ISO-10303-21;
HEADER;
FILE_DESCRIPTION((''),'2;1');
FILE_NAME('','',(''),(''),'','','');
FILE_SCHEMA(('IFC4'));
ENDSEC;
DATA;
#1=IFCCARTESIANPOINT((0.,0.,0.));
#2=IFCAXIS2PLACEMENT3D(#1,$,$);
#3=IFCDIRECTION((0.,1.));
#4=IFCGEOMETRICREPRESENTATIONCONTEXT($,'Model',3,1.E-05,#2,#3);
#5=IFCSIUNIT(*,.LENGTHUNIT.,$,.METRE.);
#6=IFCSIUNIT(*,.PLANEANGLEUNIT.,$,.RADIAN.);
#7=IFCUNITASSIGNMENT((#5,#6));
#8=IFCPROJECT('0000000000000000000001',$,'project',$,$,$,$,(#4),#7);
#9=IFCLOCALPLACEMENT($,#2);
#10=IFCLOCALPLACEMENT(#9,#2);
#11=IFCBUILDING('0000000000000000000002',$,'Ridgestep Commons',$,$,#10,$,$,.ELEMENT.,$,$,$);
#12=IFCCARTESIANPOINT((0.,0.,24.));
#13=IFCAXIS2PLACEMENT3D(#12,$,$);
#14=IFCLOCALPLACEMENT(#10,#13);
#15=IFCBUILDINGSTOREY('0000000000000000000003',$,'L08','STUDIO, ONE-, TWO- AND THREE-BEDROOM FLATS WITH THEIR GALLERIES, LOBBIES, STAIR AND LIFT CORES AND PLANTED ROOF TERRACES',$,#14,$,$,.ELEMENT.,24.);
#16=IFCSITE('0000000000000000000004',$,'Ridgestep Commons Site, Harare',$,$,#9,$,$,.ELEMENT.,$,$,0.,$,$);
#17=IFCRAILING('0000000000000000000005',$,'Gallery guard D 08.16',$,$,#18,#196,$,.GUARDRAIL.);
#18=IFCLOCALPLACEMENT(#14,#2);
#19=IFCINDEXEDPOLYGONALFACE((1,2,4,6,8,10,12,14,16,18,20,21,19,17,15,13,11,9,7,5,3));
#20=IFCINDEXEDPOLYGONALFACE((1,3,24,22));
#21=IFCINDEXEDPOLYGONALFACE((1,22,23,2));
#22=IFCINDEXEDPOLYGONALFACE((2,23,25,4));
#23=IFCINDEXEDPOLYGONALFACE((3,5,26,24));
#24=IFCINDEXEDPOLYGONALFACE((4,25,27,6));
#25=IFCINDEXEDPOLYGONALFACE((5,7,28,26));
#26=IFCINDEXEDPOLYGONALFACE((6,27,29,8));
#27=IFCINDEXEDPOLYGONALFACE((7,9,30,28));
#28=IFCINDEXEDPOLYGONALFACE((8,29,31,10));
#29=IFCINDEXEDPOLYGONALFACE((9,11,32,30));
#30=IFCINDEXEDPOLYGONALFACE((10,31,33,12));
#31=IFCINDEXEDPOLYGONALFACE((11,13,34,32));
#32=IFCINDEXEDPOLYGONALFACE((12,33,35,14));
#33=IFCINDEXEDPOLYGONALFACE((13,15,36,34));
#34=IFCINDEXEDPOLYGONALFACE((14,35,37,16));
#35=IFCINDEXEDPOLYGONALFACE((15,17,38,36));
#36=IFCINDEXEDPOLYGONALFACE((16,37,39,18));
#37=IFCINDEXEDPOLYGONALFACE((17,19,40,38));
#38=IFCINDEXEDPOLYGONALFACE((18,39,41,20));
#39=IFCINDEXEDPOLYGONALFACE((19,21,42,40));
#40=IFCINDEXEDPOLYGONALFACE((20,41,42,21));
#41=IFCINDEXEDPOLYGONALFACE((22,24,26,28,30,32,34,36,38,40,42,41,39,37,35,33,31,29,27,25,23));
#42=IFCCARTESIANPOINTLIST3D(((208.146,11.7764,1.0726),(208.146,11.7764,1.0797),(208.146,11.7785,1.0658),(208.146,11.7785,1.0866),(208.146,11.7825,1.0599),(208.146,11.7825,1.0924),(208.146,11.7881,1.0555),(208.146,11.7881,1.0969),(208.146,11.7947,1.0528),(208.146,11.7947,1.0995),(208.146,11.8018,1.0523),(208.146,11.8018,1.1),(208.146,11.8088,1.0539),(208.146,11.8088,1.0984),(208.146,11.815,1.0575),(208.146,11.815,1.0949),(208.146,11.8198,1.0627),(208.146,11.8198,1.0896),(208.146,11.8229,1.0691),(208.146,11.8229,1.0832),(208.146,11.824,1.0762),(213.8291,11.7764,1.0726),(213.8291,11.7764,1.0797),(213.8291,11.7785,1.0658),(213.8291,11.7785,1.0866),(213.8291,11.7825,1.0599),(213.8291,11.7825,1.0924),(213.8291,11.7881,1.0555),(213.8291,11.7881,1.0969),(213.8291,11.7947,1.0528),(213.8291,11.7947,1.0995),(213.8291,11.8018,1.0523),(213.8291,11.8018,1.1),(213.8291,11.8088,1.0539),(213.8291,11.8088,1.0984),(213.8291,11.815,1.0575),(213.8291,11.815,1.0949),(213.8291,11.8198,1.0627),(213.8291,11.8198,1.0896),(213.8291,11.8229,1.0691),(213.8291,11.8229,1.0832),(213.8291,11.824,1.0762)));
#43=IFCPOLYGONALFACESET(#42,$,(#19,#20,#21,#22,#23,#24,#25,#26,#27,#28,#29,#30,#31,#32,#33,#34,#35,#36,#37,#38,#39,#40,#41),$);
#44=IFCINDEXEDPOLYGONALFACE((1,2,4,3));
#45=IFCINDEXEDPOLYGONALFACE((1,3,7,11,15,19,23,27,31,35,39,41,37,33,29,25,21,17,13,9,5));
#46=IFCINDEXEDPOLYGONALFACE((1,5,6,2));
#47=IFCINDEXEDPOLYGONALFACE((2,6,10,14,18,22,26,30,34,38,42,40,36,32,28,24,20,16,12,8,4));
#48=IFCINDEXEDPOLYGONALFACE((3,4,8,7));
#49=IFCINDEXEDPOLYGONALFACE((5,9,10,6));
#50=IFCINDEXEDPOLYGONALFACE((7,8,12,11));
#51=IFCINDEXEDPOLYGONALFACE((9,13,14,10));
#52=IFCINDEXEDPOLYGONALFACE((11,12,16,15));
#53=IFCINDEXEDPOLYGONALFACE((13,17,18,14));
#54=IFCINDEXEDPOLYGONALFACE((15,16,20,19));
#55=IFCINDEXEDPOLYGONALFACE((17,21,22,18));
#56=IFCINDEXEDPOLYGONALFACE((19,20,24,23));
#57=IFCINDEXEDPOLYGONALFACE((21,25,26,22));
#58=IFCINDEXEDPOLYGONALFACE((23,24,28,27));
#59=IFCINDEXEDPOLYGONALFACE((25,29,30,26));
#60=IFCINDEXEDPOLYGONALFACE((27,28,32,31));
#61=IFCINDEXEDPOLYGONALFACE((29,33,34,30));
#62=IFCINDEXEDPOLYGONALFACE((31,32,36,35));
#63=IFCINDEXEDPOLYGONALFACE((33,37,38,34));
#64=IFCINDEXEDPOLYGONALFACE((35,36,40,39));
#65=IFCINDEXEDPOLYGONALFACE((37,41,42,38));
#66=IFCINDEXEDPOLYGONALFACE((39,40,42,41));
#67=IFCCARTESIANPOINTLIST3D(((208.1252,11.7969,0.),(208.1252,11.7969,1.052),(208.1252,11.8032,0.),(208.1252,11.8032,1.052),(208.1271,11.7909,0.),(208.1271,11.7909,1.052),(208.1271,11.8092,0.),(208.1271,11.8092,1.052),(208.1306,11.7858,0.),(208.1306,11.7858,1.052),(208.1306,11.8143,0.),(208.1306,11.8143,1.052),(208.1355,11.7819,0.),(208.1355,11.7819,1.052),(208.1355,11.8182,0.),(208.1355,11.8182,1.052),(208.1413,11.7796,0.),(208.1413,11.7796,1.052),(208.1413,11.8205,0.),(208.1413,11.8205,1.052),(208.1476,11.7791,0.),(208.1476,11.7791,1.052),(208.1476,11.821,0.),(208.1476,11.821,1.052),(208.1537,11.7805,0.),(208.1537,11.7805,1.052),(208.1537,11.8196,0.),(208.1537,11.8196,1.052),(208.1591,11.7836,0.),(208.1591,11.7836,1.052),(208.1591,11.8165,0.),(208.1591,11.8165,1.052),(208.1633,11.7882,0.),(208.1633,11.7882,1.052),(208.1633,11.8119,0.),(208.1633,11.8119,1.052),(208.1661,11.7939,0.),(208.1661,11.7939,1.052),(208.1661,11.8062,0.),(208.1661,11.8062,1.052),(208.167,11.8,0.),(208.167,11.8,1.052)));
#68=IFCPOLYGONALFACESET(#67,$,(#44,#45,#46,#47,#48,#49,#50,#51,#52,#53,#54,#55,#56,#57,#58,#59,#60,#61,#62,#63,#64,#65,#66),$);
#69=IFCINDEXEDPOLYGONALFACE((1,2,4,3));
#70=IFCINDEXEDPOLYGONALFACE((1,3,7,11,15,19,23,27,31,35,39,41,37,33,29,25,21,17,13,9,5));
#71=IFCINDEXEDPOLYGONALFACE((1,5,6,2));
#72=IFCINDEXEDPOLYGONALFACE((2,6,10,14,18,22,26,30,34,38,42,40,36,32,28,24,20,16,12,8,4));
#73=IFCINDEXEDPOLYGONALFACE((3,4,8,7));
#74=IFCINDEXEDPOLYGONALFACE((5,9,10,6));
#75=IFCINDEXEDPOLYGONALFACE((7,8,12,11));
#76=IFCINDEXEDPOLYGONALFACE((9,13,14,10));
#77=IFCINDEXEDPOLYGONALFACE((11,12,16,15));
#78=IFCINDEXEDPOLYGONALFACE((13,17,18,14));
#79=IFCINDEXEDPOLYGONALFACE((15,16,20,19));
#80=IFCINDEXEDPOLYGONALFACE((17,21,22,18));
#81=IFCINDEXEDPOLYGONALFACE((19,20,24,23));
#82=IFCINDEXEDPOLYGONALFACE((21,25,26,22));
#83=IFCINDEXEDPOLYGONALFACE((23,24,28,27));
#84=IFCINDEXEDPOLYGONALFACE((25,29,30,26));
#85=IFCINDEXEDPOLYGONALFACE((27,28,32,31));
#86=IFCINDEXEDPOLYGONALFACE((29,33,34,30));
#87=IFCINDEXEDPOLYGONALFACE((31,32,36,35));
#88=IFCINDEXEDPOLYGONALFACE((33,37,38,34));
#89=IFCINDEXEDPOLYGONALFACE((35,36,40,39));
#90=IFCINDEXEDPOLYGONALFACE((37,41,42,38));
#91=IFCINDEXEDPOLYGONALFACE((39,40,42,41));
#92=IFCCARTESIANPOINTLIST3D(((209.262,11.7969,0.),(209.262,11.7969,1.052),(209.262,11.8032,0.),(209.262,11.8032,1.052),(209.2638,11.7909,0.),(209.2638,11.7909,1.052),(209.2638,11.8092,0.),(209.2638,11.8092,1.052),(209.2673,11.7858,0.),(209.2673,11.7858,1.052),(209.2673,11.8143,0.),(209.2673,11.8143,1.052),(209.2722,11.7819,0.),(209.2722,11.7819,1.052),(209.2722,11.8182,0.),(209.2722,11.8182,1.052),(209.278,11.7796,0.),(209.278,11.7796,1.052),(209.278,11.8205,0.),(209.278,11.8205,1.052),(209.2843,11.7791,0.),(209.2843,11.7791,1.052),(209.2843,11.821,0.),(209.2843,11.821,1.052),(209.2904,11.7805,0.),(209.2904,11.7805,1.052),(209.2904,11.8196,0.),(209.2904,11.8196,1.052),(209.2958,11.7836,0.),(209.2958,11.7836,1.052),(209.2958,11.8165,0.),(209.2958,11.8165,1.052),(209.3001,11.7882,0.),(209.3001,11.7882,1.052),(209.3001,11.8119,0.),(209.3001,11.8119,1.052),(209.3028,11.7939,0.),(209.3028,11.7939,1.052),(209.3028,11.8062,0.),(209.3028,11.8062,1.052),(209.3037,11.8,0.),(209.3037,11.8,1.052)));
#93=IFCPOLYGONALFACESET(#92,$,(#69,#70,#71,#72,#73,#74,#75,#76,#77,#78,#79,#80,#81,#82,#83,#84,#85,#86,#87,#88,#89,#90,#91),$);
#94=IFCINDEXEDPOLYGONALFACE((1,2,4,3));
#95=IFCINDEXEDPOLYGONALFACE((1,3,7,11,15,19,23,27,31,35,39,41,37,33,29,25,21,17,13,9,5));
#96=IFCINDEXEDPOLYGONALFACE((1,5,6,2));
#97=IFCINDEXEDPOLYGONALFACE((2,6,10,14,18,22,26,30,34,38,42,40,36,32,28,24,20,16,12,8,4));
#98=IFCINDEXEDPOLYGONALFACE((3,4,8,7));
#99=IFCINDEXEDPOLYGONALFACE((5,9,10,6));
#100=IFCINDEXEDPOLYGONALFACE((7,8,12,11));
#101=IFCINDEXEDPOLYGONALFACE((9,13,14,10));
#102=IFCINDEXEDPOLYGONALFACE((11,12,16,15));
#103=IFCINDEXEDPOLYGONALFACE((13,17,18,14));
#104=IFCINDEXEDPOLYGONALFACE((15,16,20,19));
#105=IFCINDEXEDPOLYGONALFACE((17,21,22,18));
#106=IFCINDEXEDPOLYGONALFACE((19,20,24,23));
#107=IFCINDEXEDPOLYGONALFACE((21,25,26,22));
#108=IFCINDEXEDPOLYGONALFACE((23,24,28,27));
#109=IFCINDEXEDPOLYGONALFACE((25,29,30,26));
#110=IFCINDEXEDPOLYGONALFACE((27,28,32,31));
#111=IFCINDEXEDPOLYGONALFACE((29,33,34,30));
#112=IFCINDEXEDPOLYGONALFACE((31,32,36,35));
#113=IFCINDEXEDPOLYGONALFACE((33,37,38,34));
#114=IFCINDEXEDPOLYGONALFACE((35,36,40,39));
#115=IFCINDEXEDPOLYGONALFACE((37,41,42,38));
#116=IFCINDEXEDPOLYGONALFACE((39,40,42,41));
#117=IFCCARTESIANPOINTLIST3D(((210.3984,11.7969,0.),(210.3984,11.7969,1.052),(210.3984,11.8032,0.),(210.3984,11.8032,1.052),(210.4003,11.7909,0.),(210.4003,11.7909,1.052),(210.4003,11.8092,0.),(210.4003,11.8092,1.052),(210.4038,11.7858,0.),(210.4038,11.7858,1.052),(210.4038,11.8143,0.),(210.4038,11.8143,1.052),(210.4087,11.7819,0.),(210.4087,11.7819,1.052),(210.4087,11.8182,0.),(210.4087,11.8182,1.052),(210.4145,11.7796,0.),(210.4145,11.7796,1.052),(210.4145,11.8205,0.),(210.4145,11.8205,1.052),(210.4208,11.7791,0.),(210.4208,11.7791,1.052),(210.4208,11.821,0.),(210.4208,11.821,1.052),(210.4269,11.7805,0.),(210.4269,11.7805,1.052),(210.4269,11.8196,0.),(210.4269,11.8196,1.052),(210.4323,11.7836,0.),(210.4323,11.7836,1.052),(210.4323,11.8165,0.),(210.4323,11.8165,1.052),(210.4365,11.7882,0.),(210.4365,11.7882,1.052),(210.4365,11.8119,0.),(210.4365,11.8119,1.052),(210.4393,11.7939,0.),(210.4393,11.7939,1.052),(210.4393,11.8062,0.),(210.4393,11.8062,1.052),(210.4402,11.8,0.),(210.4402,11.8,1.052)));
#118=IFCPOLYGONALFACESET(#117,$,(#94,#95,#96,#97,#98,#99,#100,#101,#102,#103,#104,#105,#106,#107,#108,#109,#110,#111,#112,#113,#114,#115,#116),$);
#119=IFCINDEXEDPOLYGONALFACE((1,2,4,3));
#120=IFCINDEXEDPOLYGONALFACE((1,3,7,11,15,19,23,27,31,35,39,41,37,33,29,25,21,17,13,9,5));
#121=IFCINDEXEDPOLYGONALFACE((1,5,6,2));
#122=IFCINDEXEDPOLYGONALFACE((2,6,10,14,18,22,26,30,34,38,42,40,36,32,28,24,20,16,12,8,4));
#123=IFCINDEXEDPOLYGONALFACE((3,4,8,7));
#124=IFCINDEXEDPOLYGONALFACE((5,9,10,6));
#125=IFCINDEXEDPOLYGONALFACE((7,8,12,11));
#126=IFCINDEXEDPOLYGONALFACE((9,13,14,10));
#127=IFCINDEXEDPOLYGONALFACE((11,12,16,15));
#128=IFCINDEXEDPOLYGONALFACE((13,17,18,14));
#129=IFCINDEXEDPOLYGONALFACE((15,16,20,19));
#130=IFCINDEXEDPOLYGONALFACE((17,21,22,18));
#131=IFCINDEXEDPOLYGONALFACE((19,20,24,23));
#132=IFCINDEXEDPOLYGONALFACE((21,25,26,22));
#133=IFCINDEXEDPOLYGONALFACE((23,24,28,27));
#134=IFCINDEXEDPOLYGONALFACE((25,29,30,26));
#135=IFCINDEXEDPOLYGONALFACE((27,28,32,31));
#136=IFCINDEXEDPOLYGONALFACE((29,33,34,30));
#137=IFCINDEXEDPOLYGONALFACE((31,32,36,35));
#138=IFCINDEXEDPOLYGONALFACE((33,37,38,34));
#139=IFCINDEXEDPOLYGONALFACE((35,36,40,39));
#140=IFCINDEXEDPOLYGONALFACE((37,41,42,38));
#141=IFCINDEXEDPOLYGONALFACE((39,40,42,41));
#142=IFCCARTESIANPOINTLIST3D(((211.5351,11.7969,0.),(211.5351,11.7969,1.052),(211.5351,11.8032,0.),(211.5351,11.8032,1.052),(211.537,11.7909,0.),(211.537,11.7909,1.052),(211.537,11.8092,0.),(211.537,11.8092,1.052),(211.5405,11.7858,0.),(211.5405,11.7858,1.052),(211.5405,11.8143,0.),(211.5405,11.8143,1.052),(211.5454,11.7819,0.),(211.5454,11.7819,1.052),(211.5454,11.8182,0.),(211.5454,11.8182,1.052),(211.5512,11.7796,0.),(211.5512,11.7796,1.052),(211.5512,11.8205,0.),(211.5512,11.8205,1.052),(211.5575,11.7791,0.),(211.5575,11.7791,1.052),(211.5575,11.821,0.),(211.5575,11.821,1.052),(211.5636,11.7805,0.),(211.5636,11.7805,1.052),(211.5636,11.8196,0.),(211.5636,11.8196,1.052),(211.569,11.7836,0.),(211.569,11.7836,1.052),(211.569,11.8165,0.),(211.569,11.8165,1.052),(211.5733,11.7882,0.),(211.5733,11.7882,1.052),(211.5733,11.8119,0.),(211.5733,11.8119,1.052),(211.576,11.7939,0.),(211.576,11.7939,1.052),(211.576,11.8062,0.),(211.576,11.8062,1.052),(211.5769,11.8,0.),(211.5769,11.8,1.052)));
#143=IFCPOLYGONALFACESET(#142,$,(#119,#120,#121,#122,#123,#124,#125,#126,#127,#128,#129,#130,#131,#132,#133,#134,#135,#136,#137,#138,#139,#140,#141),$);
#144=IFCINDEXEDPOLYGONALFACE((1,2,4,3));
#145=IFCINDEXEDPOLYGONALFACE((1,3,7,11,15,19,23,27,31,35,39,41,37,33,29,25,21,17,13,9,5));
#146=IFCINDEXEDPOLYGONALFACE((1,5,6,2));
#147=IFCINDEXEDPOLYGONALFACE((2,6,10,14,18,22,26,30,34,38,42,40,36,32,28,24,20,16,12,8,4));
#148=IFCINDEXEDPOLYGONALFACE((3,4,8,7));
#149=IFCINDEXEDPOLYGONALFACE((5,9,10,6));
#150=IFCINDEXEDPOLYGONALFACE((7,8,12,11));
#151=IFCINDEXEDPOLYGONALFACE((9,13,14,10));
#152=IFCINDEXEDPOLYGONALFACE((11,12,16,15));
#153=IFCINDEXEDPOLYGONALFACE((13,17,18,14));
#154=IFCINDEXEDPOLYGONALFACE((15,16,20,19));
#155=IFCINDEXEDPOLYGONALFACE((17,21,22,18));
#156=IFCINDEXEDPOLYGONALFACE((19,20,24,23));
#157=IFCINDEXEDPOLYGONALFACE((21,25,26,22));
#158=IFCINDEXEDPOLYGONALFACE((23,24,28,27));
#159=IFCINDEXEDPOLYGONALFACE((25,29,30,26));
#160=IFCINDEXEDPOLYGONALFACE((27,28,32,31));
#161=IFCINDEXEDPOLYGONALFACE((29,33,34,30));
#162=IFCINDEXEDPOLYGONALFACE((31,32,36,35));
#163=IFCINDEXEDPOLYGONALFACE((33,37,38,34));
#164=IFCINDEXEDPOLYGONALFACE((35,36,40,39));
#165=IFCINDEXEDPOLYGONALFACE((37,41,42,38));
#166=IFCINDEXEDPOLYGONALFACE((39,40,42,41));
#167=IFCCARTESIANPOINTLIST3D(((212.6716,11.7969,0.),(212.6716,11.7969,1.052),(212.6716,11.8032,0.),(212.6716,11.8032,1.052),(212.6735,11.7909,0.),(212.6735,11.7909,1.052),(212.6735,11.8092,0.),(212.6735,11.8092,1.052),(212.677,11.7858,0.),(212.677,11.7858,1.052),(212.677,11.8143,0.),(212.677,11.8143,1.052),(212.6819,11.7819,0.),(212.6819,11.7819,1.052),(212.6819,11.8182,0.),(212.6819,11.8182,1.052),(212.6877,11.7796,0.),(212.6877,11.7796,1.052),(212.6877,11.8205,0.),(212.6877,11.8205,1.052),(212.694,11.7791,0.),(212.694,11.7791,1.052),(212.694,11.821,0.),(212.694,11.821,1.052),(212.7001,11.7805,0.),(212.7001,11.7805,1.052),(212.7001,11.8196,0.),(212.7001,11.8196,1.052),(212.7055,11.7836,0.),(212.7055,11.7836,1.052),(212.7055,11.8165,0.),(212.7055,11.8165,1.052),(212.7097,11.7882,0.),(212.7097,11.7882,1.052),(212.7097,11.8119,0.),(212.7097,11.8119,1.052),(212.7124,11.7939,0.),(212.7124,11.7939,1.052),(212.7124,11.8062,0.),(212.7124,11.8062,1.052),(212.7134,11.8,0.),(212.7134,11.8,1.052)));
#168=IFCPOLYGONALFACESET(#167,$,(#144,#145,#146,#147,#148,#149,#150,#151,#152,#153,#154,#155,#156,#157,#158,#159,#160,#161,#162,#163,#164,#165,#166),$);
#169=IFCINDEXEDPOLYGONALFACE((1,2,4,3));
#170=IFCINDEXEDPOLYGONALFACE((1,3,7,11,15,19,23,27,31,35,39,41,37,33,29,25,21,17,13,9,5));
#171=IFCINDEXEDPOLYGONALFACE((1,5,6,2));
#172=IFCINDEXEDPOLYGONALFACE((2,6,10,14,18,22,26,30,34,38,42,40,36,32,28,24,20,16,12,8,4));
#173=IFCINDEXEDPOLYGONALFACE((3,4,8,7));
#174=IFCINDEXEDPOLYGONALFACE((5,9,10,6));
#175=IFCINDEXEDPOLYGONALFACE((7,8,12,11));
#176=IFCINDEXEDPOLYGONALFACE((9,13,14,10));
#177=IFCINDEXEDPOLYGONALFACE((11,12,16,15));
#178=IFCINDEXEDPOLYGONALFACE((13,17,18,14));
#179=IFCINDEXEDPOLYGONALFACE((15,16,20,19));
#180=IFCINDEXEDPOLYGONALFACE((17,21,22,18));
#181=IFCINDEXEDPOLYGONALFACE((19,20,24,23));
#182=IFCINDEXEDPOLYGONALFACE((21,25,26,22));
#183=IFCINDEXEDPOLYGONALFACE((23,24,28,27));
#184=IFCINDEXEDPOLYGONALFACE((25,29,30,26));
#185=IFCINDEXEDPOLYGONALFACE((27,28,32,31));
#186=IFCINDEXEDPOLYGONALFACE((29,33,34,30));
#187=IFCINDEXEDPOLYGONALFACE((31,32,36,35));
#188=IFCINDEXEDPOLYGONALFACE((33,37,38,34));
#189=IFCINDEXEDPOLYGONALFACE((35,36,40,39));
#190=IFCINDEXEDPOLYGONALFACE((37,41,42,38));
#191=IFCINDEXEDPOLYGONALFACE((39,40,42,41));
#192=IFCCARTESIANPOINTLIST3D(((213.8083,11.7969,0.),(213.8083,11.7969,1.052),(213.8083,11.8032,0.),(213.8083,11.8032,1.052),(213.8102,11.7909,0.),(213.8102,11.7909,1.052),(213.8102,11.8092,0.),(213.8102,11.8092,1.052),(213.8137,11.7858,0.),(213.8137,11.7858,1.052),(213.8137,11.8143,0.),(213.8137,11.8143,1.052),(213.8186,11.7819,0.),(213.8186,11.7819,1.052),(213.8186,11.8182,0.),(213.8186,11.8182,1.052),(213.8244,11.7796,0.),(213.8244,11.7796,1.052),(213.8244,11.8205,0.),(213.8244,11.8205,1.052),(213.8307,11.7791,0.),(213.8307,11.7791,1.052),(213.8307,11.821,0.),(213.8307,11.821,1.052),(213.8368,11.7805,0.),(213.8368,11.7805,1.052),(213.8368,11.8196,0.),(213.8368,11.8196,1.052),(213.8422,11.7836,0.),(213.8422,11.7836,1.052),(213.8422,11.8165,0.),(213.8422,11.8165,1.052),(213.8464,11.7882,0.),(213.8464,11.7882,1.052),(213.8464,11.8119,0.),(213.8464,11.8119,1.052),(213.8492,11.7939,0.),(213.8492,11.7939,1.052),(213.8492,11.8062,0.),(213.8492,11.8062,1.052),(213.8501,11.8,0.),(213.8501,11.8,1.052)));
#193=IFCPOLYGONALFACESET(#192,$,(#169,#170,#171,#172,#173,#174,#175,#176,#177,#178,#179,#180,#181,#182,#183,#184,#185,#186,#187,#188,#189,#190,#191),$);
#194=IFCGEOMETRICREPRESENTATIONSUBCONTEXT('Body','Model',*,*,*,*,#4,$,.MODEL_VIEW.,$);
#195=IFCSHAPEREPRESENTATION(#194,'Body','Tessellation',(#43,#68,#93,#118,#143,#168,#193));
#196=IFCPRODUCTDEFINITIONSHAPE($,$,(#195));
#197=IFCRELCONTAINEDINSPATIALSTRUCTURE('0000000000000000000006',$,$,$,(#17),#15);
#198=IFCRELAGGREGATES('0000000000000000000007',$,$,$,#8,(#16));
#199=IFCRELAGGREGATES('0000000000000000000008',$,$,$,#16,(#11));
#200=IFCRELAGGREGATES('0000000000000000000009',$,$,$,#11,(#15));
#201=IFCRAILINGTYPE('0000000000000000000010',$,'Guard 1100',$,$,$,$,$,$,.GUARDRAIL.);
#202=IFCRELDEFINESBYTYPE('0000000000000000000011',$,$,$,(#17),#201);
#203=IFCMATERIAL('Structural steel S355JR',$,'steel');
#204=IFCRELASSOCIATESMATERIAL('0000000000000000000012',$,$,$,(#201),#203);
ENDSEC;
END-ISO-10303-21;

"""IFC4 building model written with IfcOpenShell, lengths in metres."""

from ifc_helpers import new_model, si_unit, direction, frame, origin, origin_2d, place, context, subcontext, project, spatial, circle, extrude, material, type_object, element, save


model = new_model("IFC4")

# Units and contexts
model_context = context("Model", 3, precision=1e-05, world=origin(), true_north=direction((0.0, 1.0)))
body_context = subcontext(model_context, "Body", "Model", "MODEL_VIEW")
ifc_project = project(units=[si_unit("LENGTHUNIT", "METRE"), si_unit("PLANEANGLEUNIT", "RADIAN")], contexts=[model_context])

# Site, building, storey
site_placement = place(None, origin())
site = spatial("IfcSite", under=ifc_project, at=site_placement, Name="Ridgestep Commons Site, Harare", CompositionType="ELEMENT", RefElevation=0.0)
building_placement = place(site_placement, origin())
building = spatial("IfcBuilding", under=site, at=building_placement, Name="Ridgestep Commons", CompositionType="ELEMENT")
storey_placement = place(building_placement, frame((0.0, 0.0, 24.0)))
storey = spatial("IfcBuildingStorey", under=building, at=storey_placement, Name="L08", Description="STUDIO, ONE-, TWO- AND THREE-BEDROOM FLATS WITH THEIR GALLERIES, LOBBIES, STAIR AND LIFT CORES AND PLANTED ROOF TERRACES", CompositionType="ELEMENT", Elevation=24.0)

# Railing
ifc_material_1 = material(Name="Structural steel S355JR", Category="steel")
railing_type_1 = type_object("IfcRailingType", Name="Guard 1100", PredefinedType="GUARDRAIL", material=ifc_material_1)
railing_1_placement = place(storey_placement, frame((208.146, 11.8, 0.0)))
element("IfcRailing", 1, at=railing_1_placement, inside=storey, type_object=railing_type_1, Name="Gallery guard D 08.16", PredefinedType="GUARDRAIL", context=body_context, shape_type="SweptSolid", body=[
    extrude(circle(Radius=0.0239, at=origin_2d()), frame((0.0, 0.0, 1.0762), z_axis=(1.0, 0.0, 0.0), x_axis=(0.0, 1.0, 0.0)), (0.0, 0.0, 1.0), 5.6831),
    extrude(circle(Radius=0.021, at=origin_2d()), origin(), (0.0, 0.0, 1.0), 1.052),
    extrude(circle(Radius=0.021, at=origin_2d()), frame((1.1367, 0.0, 0.0)), (0.0, 0.0, 1.0), 1.052),
    extrude(circle(Radius=0.021, at=origin_2d()), frame((2.2732, 0.0, 0.0)), (0.0, 0.0, 1.0), 1.052),
    extrude(circle(Radius=0.021, at=origin_2d()), frame((3.4099, 0.0, 0.0)), (0.0, 0.0, 1.0), 1.052),
    extrude(circle(Radius=0.021, at=origin_2d()), frame((4.5464, 0.0, 0.0)), (0.0, 0.0, 1.0), 1.052),
    extrude(circle(Radius=0.021, at=origin_2d()), frame((5.6831, 0.0, 0.0)), (0.0, 0.0, 1.0), 1.052),
])

save(model, "model.ifc")
